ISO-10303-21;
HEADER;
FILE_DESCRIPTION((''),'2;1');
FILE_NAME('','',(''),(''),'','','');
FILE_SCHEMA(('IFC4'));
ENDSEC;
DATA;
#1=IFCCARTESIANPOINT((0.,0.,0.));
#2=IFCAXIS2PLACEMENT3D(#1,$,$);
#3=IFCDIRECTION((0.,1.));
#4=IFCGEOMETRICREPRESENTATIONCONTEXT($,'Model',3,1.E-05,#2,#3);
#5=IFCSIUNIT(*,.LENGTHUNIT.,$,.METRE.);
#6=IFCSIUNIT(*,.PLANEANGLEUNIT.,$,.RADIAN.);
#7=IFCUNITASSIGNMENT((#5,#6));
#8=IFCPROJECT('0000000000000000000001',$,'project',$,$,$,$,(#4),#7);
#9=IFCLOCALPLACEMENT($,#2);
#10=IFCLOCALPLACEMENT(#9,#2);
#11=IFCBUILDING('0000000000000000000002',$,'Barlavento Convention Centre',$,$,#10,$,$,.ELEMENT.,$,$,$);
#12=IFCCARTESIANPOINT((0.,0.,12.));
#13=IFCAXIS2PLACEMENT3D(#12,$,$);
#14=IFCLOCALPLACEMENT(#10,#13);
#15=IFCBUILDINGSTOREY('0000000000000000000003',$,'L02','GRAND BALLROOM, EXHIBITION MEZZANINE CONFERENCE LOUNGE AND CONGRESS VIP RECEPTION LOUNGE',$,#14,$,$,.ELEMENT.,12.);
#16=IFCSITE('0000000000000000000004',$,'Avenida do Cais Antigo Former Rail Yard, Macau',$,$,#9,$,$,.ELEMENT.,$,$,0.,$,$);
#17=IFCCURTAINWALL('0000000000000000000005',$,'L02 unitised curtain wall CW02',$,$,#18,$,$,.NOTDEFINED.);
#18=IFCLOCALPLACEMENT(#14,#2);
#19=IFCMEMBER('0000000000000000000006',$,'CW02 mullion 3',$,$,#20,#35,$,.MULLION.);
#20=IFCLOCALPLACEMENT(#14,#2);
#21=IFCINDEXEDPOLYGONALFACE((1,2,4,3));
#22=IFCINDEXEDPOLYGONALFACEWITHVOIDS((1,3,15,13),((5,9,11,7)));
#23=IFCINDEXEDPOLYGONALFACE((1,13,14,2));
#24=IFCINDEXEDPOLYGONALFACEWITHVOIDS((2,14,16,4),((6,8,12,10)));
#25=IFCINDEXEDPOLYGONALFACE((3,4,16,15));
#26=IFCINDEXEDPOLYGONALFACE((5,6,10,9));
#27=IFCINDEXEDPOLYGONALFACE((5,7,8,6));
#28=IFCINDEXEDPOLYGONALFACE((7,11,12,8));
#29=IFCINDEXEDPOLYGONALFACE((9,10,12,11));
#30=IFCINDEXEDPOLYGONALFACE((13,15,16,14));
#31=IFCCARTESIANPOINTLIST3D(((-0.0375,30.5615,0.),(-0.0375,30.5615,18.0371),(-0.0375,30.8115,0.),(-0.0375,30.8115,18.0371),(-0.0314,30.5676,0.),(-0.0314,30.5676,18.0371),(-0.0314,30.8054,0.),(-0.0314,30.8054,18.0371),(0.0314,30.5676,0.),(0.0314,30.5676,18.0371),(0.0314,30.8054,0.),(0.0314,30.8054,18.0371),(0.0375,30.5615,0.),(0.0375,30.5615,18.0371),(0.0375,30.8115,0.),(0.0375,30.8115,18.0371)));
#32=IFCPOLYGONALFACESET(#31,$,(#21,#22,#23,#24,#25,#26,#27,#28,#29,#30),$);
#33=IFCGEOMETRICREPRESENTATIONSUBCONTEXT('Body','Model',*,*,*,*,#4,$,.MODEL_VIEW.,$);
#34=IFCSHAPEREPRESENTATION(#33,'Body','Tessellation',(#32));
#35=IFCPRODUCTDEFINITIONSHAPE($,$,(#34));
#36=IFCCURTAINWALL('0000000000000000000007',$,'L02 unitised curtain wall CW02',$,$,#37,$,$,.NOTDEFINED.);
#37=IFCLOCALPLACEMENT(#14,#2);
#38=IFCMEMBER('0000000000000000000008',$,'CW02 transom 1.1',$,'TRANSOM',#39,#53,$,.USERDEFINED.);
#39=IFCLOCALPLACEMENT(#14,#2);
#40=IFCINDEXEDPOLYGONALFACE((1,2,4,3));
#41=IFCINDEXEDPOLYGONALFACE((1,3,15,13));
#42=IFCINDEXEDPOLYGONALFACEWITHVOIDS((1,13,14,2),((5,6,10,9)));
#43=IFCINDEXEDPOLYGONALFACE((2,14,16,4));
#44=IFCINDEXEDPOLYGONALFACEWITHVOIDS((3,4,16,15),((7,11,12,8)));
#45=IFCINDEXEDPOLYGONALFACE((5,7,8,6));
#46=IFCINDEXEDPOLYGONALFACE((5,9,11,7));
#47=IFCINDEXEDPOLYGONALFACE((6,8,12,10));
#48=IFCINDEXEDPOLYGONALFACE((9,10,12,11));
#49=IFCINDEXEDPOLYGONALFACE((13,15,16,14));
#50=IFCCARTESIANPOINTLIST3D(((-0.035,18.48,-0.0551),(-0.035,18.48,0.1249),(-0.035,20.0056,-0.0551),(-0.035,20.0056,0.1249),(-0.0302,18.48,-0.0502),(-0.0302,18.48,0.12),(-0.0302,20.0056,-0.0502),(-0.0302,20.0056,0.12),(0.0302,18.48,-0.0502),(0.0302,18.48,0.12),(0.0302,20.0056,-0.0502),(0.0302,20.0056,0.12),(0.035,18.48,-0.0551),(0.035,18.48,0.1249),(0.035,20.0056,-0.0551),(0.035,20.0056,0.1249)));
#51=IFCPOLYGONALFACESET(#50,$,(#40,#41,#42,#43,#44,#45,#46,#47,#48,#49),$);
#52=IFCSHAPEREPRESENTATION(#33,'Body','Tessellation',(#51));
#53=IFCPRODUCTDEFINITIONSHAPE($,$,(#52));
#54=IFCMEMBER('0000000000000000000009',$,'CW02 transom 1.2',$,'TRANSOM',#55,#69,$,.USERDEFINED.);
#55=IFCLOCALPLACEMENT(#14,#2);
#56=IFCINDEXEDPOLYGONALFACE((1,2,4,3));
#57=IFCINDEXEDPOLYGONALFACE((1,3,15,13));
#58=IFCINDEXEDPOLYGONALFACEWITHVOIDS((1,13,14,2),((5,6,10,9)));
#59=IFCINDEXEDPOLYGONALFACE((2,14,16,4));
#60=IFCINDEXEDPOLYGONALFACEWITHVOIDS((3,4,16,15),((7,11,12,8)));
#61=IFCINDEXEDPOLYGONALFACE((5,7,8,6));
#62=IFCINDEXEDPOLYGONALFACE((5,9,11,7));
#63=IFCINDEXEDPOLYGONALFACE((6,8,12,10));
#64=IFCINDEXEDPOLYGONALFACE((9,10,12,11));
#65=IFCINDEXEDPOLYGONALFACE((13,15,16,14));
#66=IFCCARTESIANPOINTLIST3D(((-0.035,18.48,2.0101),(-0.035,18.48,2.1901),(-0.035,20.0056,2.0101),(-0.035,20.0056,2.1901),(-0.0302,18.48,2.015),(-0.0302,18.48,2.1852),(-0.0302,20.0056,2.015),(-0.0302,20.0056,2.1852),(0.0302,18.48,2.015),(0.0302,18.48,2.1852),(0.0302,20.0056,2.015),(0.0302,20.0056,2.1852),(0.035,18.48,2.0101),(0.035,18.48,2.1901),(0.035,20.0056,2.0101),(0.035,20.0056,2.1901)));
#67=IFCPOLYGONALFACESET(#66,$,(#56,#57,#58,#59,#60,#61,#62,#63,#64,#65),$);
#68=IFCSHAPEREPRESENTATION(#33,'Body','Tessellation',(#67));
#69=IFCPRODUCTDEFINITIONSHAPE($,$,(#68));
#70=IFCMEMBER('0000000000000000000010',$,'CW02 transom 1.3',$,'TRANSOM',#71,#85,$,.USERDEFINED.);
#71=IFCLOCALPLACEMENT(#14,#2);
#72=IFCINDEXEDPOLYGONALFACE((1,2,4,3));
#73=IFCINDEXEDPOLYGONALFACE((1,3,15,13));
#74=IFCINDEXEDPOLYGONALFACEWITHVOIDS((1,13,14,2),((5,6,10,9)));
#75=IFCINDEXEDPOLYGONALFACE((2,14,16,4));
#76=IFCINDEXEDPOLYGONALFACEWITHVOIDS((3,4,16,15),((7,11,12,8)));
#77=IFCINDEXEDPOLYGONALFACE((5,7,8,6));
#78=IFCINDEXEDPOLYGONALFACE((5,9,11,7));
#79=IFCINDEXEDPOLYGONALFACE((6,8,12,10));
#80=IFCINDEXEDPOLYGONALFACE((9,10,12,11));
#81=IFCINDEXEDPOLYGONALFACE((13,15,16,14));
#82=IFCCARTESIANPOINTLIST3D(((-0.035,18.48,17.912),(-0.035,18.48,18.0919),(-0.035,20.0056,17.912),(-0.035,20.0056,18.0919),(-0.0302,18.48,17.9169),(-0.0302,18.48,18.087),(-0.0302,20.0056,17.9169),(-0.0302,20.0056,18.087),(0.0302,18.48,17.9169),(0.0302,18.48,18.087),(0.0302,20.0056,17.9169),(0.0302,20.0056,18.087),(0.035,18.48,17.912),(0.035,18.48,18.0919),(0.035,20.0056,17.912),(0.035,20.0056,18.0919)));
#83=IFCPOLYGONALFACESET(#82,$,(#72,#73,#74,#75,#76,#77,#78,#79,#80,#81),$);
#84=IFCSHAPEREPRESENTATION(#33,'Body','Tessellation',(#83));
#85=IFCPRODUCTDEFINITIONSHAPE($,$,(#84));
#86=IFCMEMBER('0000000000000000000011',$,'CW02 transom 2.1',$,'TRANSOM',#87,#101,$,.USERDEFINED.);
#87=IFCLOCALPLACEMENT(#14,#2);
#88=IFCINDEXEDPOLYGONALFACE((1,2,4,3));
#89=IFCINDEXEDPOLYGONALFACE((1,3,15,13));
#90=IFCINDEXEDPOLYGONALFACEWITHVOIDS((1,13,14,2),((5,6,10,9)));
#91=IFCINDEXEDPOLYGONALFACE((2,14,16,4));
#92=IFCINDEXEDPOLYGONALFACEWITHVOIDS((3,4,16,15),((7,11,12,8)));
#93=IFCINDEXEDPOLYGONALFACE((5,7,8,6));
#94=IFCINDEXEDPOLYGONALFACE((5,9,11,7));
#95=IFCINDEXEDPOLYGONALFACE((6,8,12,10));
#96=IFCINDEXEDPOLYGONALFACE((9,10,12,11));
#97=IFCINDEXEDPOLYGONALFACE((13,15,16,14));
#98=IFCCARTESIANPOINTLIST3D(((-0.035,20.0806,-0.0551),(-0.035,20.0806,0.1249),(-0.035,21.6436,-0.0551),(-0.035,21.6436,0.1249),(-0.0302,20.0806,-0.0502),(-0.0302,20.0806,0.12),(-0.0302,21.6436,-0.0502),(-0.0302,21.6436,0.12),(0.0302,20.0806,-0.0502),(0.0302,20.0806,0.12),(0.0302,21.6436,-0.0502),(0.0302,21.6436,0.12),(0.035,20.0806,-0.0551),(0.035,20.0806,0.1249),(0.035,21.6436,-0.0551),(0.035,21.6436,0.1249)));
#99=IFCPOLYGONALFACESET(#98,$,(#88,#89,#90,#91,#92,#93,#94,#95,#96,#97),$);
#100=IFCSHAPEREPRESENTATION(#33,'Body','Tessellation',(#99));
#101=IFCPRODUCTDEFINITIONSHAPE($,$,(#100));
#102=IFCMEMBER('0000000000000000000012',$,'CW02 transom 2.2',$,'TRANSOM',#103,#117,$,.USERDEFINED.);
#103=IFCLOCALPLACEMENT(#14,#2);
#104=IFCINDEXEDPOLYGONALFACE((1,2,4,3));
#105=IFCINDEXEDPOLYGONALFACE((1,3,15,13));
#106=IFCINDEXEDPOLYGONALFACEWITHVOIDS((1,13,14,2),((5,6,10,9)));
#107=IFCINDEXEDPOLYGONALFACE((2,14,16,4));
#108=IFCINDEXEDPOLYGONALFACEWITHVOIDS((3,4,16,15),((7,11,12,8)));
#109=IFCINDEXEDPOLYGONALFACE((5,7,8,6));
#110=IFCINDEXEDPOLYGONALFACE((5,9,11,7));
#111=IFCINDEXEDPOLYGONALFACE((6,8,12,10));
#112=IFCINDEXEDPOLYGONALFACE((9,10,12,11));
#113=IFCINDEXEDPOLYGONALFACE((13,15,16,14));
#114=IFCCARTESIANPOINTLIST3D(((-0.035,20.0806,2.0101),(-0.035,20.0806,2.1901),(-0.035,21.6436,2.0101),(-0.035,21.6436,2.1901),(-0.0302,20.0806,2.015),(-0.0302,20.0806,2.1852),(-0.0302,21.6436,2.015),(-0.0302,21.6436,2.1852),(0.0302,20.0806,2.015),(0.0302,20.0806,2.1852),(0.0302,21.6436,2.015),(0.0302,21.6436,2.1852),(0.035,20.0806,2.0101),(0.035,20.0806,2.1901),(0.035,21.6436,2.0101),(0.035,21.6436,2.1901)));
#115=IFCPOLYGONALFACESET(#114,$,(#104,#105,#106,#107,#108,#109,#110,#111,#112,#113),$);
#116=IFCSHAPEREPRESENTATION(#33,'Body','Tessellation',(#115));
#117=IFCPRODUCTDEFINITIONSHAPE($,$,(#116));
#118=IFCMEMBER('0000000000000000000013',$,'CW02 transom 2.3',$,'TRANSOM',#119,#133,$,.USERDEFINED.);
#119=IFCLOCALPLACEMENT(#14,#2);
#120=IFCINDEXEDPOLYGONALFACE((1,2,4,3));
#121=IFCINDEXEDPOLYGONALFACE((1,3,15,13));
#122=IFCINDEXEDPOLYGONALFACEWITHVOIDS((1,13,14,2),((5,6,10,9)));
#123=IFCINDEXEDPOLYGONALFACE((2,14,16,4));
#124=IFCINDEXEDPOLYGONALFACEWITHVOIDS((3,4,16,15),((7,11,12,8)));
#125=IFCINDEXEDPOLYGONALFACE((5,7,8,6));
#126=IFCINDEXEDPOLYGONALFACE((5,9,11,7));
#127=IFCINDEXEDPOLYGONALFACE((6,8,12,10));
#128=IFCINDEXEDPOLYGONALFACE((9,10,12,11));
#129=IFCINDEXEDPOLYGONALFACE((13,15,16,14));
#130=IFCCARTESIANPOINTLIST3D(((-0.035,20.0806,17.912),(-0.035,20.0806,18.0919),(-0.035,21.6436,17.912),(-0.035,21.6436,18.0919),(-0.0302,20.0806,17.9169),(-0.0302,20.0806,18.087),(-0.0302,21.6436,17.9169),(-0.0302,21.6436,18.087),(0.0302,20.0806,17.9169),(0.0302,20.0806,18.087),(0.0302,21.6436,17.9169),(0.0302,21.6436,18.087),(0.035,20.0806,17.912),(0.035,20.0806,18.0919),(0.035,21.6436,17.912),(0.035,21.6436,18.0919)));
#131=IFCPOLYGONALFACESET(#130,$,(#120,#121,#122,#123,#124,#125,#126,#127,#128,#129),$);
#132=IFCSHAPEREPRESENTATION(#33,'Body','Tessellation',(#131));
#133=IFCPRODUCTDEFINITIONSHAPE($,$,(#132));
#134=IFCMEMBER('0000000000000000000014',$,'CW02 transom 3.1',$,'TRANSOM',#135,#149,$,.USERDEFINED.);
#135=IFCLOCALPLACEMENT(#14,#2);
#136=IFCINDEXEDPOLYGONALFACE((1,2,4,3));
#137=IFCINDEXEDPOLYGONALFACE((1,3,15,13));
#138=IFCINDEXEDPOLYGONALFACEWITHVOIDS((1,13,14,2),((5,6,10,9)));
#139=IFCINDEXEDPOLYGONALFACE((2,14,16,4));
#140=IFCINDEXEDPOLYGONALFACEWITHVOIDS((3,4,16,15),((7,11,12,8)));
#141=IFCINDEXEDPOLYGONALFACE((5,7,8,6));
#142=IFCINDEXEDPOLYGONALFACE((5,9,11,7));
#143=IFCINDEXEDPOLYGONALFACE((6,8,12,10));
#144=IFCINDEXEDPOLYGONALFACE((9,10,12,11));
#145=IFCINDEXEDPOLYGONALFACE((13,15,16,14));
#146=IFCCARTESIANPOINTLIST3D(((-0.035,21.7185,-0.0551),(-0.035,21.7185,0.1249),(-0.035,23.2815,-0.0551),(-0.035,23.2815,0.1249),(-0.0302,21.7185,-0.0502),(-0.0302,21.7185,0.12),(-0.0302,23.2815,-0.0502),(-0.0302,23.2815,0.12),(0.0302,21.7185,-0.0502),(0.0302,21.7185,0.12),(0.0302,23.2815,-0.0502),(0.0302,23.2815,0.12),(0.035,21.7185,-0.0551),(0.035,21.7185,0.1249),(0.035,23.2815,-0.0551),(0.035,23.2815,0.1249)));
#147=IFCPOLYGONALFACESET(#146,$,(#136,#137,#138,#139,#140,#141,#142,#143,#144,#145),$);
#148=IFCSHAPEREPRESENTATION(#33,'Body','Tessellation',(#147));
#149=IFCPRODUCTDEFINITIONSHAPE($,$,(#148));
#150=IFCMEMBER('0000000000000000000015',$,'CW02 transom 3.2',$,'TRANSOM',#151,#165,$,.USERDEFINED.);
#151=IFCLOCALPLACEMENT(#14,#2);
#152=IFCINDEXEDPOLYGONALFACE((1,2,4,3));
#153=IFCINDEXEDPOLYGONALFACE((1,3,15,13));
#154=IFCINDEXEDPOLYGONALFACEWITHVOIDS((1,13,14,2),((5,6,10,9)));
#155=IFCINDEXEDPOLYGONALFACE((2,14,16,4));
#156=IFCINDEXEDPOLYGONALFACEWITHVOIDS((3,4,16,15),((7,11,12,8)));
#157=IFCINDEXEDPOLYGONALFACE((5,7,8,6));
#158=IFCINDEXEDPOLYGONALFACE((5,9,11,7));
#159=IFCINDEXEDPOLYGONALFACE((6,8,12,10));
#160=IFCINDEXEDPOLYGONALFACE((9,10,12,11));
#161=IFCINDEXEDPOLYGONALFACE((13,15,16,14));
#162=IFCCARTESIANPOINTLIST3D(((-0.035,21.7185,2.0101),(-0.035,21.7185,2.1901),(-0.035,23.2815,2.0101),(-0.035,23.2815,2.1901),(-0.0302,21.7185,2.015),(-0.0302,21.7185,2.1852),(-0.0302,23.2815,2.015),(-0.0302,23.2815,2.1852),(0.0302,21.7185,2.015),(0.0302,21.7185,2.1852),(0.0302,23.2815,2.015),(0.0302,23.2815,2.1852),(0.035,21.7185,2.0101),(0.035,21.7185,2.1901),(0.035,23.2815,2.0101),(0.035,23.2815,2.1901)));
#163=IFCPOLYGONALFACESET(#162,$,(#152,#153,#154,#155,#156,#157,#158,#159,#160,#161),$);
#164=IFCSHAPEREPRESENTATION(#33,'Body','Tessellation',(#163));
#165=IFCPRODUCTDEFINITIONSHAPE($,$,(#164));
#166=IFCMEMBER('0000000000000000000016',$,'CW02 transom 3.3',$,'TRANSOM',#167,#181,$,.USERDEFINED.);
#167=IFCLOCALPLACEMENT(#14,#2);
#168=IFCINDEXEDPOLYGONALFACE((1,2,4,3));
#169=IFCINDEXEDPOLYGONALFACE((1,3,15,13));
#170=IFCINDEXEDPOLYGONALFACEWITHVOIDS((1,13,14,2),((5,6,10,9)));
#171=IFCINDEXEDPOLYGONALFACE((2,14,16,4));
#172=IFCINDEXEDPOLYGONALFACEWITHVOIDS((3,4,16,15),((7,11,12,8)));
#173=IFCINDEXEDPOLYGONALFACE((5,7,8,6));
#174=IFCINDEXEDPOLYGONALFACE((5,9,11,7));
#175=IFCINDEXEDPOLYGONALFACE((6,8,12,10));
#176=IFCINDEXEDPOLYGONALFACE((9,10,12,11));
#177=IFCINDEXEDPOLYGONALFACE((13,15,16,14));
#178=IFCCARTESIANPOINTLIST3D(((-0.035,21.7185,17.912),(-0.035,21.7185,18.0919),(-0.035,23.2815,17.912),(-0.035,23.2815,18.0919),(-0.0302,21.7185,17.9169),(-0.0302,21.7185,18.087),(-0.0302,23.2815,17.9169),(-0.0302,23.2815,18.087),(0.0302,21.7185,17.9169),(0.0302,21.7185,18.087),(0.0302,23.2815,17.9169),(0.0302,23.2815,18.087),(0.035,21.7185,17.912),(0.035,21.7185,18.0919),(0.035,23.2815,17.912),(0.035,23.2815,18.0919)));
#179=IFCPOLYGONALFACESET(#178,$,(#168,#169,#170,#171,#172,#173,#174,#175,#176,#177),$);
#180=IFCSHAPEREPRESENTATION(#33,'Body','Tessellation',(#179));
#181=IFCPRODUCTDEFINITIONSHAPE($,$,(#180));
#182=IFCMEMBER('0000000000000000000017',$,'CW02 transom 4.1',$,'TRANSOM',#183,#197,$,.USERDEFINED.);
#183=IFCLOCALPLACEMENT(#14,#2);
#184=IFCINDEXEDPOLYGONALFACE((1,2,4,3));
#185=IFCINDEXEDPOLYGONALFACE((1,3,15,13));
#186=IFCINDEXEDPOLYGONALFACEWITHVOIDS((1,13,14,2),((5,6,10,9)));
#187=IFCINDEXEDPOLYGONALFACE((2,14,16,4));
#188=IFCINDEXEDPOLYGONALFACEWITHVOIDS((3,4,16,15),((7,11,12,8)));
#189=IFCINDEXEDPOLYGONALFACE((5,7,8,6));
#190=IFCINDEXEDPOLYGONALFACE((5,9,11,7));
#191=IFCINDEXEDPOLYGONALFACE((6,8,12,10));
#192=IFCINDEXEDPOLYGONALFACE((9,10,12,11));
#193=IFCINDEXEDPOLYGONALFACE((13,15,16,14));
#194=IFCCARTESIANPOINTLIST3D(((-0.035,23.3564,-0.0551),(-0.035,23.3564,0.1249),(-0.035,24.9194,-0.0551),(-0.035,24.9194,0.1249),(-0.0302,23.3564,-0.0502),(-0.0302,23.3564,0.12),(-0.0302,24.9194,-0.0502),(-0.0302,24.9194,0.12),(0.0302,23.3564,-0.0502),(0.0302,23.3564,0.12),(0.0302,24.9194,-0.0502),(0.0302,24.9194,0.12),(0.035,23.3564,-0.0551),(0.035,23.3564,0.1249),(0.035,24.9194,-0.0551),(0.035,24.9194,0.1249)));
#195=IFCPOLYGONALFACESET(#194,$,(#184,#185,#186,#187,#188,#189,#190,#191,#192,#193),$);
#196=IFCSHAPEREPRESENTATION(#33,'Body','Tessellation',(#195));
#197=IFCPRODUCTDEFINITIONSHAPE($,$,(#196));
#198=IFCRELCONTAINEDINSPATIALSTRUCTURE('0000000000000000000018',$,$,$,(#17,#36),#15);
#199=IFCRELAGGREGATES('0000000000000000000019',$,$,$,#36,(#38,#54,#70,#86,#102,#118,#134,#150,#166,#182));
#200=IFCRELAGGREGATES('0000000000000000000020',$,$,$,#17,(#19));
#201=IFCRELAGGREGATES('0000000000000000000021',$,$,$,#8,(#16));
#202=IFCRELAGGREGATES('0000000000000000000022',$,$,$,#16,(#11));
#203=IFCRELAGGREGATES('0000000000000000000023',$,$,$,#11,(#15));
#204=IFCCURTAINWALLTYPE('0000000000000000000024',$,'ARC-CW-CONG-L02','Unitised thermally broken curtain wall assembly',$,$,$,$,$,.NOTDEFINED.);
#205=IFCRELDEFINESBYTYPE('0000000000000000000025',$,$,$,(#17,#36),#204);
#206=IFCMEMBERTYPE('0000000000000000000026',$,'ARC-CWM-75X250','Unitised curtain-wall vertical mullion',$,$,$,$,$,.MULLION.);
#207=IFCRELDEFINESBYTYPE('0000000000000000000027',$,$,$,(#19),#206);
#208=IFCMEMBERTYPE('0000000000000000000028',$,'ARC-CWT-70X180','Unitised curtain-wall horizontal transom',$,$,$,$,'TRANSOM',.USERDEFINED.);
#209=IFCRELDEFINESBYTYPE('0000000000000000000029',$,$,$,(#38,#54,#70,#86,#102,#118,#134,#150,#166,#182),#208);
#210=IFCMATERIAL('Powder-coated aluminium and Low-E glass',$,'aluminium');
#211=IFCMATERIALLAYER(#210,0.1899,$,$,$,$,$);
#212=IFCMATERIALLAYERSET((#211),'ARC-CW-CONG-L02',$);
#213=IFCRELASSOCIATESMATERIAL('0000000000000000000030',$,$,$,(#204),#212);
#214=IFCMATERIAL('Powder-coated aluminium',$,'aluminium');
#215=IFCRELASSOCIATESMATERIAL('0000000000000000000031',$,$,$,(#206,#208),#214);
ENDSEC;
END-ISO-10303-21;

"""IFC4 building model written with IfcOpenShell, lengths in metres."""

from ifc_helpers import new_model, si_unit, direction, frame, origin, origin_2d, place, context, subcontext, project, spatial, hollow_rectangle, extrude, material, layer, layer_set, material_profile, profile_set, type_object, element, aggregate, save


model = new_model("IFC4")

# Units and contexts
model_context = context("Model", 3, precision=1e-05, world=origin(), true_north=direction((0.0, 1.0)))
body_context = subcontext(model_context, "Body", "Model", "MODEL_VIEW")
ifc_project = project(units=[si_unit("LENGTHUNIT", "METRE"), si_unit("PLANEANGLEUNIT", "RADIAN")], contexts=[model_context])

# Site, building, storey
site_placement = place(None, origin())
site = spatial("IfcSite", under=ifc_project, at=site_placement, Name="Avenida do Cais Antigo Former Rail Yard, Macau", CompositionType="ELEMENT", RefElevation=0.0)
building_placement = place(site_placement, origin())
building = spatial("IfcBuilding", under=site, at=building_placement, Name="Barlavento Convention Centre", CompositionType="ELEMENT")
storey_placement = place(building_placement, frame((0.0, 0.0, 12.0)))
storey = spatial("IfcBuildingStorey", under=building, at=storey_placement, Name="L02", Description="GRAND BALLROOM, EXHIBITION MEZZANINE CONFERENCE LOUNGE AND CONGRESS VIP RECEPTION LOUNGE", CompositionType="ELEMENT", Elevation=12.0)

# Curtain wall, member
ifc_material_1 = material(Name="Powder-coated aluminium and Low-E glass", Category="aluminium")
ifc_layer_1 = layer(ifc_material_1, 0.1899)
ifc_layer_set_1 = layer_set([ifc_layer_1], Name="ARC-CW-CONG-L02")
curtain_wall_type = type_object("IfcCurtainWallType", Name="ARC-CW-CONG-L02", Description="Unitised thermally broken curtain wall assembly", PredefinedType="NOTDEFINED", material=ifc_layer_set_1)
curtain_wall_1_placement = place(storey_placement, origin())
curtain_wall_1 = element("IfcCurtainWall", 1, at=curtain_wall_1_placement, inside=storey, type_object=curtain_wall_type, Name="L02 unitised curtain wall CW02", PredefinedType="NOTDEFINED")
ifc_material_2 = material(Name="Powder-coated aluminium", Category="aluminium")
ifc_material_profile_1 = material_profile(ifc_material_2, hollow_rectangle(XDim=0.075, YDim=0.25, WallThickness=0.0061, at=origin_2d()), Name="AL-MULL 75x250x6")
ifc_profile_set_1 = profile_set([ifc_material_profile_1], Name="Powder-coated aluminium")
member_type_1 = type_object("IfcMemberType", Name="ARC-CWM-75X250", Description="Unitised curtain-wall vertical mullion", PredefinedType="MULLION", material=ifc_profile_set_1)
member_1_placement = place(storey_placement, frame((0.0, 30.6865, 0.0), z_axis=(0.0, 0.0, 1.0), x_axis=(-1.0, 0.0, 0.0)))
member_1 = element("IfcMember", 2, at=member_1_placement, type_object=member_type_1, Name="CW02 mullion 3", PredefinedType="MULLION", context=body_context, shape_type="SweptSolid", body=[
    extrude(hollow_rectangle(XDim=0.075, YDim=0.25, WallThickness=0.0061, at=origin_2d()), origin(), (0.0, 0.0, 1.0), 18.0371),
])

# Curtain wall, members
curtain_wall_2_placement = place(storey_placement, origin())
curtain_wall_2 = element("IfcCurtainWall", 3, at=curtain_wall_2_placement, inside=storey, type_object=curtain_wall_type, Name="L02 unitised curtain wall CW02", PredefinedType="NOTDEFINED")
ifc_material_profile_2 = material_profile(ifc_material_2, hollow_rectangle(XDim=0.0701, YDim=0.1799, WallThickness=0.0049, at=origin_2d()), Name="AL-TRAN 70x180x5")
ifc_profile_set_2 = profile_set([ifc_material_profile_2], Name="Powder-coated aluminium")
member_type_2 = type_object("IfcMemberType", Name="ARC-CWT-70X180", Description="Unitised curtain-wall horizontal transom", ElementType="TRANSOM", PredefinedType="USERDEFINED", material=ifc_profile_set_2)
member_2_placement = place(storey_placement, frame((0.0, 18.48, 0.0349), z_axis=(0.0, 1.0, 0.0), x_axis=(-1.0, 0.0, 0.0)))
member_2 = element("IfcMember", 4, at=member_2_placement, type_object=member_type_2, Name="CW02 transom 1.1", ObjectType="TRANSOM", PredefinedType="USERDEFINED", context=body_context, shape_type="SweptSolid", body=[
    extrude(hollow_rectangle(XDim=0.0701, YDim=0.1799, WallThickness=0.0049, at=origin_2d()), origin(), (0.0, 0.0, 1.0), 1.5256),
])
member_3_placement = place(storey_placement, frame((0.0, 18.48, 2.1001), z_axis=(0.0, 1.0, 0.0), x_axis=(-1.0, 0.0, 0.0)))
member_3 = element("IfcMember", 5, at=member_3_placement, type_object=member_type_2, Name="CW02 transom 1.2", ObjectType="TRANSOM", PredefinedType="USERDEFINED", context=body_context, shape_type="SweptSolid", body=[
    extrude(hollow_rectangle(XDim=0.0701, YDim=0.1799, WallThickness=0.0049, at=origin_2d()), origin(), (0.0, 0.0, 1.0), 1.5256),
])
member_4_placement = place(storey_placement, frame((0.0, 18.48, 18.002), z_axis=(0.0, 1.0, 0.0), x_axis=(-1.0, 0.0, 0.0)))
member_4 = element("IfcMember", 6, at=member_4_placement, type_object=member_type_2, Name="CW02 transom 1.3", ObjectType="TRANSOM", PredefinedType="USERDEFINED", context=body_context, shape_type="SweptSolid", body=[
    extrude(hollow_rectangle(XDim=0.0701, YDim=0.1799, WallThickness=0.0049, at=origin_2d()), origin(), (0.0, 0.0, 1.0), 1.5256),
])
member_5_placement = place(storey_placement, frame((0.0, 20.0806, 0.0349), z_axis=(0.0, 1.0, 0.0), x_axis=(-1.0, 0.0, 0.0)))
member_5 = element("IfcMember", 7, at=member_5_placement, type_object=member_type_2, Name="CW02 transom 2.1", ObjectType="TRANSOM", PredefinedType="USERDEFINED", context=body_context, shape_type="SweptSolid", body=[
    extrude(hollow_rectangle(XDim=0.0701, YDim=0.1799, WallThickness=0.0049, at=origin_2d()), origin(), (0.0, 0.0, 1.0), 1.563),
])
member_6_placement = place(storey_placement, frame((0.0, 20.0806, 2.1001), z_axis=(0.0, 1.0, 0.0), x_axis=(-1.0, 0.0, 0.0)))
member_6 = element("IfcMember", 8, at=member_6_placement, type_object=member_type_2, Name="CW02 transom 2.2", ObjectType="TRANSOM", PredefinedType="USERDEFINED", context=body_context, shape_type="SweptSolid", body=[
    extrude(hollow_rectangle(XDim=0.0701, YDim=0.1799, WallThickness=0.0049, at=origin_2d()), origin(), (0.0, 0.0, 1.0), 1.563),
])
member_7_placement = place(storey_placement, frame((0.0, 20.0806, 18.002), z_axis=(0.0, 1.0, 0.0), x_axis=(-1.0, 0.0, 0.0)))
member_7 = element("IfcMember", 9, at=member_7_placement, type_object=member_type_2, Name="CW02 transom 2.3", ObjectType="TRANSOM", PredefinedType="USERDEFINED", context=body_context, shape_type="SweptSolid", body=[
    extrude(hollow_rectangle(XDim=0.0701, YDim=0.1799, WallThickness=0.0049, at=origin_2d()), origin(), (0.0, 0.0, 1.0), 1.563),
])
member_8_placement = place(storey_placement, frame((0.0, 21.7185, 0.0349), z_axis=(0.0, 1.0, 0.0), x_axis=(-1.0, 0.0, 0.0)))
member_8 = element("IfcMember", 10, at=member_8_placement, type_object=member_type_2, Name="CW02 transom 3.1", ObjectType="TRANSOM", PredefinedType="USERDEFINED", context=body_context, shape_type="SweptSolid", body=[
    extrude(hollow_rectangle(XDim=0.0701, YDim=0.1799, WallThickness=0.0049, at=origin_2d()), origin(), (0.0, 0.0, 1.0), 1.563),
])
member_9_placement = place(storey_placement, frame((0.0, 21.7185, 2.1001), z_axis=(0.0, 1.0, 0.0), x_axis=(-1.0, 0.0, 0.0)))
member_9 = element("IfcMember", 11, at=member_9_placement, type_object=member_type_2, Name="CW02 transom 3.2", ObjectType="TRANSOM", PredefinedType="USERDEFINED", context=body_context, shape_type="SweptSolid", body=[
    extrude(hollow_rectangle(XDim=0.0701, YDim=0.1799, WallThickness=0.0049, at=origin_2d()), origin(), (0.0, 0.0, 1.0), 1.563),
])
member_10_placement = place(storey_placement, frame((0.0, 21.7185, 18.002), z_axis=(0.0, 1.0, 0.0), x_axis=(-1.0, 0.0, 0.0)))
member_10 = element("IfcMember", 12, at=member_10_placement, type_object=member_type_2, Name="CW02 transom 3.3", ObjectType="TRANSOM", PredefinedType="USERDEFINED", context=body_context, shape_type="SweptSolid", body=[
    extrude(hollow_rectangle(XDim=0.0701, YDim=0.1799, WallThickness=0.0049, at=origin_2d()), origin(), (0.0, 0.0, 1.0), 1.563),
])
member_11_placement = place(storey_placement, frame((0.0, 23.3564, 0.0349), z_axis=(0.0, 1.0, 0.0), x_axis=(-1.0, 0.0, 0.0)))
member_11 = element("IfcMember", 13, at=member_11_placement, type_object=member_type_2, Name="CW02 transom 4.1", ObjectType="TRANSOM", PredefinedType="USERDEFINED", context=body_context, shape_type="SweptSolid", body=[
    extrude(hollow_rectangle(XDim=0.0701, YDim=0.1799, WallThickness=0.0049, at=origin_2d()), origin(), (0.0, 0.0, 1.0), 1.563),
])

aggregate(curtain_wall_2, [member_2, member_3, member_4, member_5, member_6, member_7, member_8, member_9, member_10, member_11])
aggregate(curtain_wall_1, [member_1])

save(model, "model.ifc")
